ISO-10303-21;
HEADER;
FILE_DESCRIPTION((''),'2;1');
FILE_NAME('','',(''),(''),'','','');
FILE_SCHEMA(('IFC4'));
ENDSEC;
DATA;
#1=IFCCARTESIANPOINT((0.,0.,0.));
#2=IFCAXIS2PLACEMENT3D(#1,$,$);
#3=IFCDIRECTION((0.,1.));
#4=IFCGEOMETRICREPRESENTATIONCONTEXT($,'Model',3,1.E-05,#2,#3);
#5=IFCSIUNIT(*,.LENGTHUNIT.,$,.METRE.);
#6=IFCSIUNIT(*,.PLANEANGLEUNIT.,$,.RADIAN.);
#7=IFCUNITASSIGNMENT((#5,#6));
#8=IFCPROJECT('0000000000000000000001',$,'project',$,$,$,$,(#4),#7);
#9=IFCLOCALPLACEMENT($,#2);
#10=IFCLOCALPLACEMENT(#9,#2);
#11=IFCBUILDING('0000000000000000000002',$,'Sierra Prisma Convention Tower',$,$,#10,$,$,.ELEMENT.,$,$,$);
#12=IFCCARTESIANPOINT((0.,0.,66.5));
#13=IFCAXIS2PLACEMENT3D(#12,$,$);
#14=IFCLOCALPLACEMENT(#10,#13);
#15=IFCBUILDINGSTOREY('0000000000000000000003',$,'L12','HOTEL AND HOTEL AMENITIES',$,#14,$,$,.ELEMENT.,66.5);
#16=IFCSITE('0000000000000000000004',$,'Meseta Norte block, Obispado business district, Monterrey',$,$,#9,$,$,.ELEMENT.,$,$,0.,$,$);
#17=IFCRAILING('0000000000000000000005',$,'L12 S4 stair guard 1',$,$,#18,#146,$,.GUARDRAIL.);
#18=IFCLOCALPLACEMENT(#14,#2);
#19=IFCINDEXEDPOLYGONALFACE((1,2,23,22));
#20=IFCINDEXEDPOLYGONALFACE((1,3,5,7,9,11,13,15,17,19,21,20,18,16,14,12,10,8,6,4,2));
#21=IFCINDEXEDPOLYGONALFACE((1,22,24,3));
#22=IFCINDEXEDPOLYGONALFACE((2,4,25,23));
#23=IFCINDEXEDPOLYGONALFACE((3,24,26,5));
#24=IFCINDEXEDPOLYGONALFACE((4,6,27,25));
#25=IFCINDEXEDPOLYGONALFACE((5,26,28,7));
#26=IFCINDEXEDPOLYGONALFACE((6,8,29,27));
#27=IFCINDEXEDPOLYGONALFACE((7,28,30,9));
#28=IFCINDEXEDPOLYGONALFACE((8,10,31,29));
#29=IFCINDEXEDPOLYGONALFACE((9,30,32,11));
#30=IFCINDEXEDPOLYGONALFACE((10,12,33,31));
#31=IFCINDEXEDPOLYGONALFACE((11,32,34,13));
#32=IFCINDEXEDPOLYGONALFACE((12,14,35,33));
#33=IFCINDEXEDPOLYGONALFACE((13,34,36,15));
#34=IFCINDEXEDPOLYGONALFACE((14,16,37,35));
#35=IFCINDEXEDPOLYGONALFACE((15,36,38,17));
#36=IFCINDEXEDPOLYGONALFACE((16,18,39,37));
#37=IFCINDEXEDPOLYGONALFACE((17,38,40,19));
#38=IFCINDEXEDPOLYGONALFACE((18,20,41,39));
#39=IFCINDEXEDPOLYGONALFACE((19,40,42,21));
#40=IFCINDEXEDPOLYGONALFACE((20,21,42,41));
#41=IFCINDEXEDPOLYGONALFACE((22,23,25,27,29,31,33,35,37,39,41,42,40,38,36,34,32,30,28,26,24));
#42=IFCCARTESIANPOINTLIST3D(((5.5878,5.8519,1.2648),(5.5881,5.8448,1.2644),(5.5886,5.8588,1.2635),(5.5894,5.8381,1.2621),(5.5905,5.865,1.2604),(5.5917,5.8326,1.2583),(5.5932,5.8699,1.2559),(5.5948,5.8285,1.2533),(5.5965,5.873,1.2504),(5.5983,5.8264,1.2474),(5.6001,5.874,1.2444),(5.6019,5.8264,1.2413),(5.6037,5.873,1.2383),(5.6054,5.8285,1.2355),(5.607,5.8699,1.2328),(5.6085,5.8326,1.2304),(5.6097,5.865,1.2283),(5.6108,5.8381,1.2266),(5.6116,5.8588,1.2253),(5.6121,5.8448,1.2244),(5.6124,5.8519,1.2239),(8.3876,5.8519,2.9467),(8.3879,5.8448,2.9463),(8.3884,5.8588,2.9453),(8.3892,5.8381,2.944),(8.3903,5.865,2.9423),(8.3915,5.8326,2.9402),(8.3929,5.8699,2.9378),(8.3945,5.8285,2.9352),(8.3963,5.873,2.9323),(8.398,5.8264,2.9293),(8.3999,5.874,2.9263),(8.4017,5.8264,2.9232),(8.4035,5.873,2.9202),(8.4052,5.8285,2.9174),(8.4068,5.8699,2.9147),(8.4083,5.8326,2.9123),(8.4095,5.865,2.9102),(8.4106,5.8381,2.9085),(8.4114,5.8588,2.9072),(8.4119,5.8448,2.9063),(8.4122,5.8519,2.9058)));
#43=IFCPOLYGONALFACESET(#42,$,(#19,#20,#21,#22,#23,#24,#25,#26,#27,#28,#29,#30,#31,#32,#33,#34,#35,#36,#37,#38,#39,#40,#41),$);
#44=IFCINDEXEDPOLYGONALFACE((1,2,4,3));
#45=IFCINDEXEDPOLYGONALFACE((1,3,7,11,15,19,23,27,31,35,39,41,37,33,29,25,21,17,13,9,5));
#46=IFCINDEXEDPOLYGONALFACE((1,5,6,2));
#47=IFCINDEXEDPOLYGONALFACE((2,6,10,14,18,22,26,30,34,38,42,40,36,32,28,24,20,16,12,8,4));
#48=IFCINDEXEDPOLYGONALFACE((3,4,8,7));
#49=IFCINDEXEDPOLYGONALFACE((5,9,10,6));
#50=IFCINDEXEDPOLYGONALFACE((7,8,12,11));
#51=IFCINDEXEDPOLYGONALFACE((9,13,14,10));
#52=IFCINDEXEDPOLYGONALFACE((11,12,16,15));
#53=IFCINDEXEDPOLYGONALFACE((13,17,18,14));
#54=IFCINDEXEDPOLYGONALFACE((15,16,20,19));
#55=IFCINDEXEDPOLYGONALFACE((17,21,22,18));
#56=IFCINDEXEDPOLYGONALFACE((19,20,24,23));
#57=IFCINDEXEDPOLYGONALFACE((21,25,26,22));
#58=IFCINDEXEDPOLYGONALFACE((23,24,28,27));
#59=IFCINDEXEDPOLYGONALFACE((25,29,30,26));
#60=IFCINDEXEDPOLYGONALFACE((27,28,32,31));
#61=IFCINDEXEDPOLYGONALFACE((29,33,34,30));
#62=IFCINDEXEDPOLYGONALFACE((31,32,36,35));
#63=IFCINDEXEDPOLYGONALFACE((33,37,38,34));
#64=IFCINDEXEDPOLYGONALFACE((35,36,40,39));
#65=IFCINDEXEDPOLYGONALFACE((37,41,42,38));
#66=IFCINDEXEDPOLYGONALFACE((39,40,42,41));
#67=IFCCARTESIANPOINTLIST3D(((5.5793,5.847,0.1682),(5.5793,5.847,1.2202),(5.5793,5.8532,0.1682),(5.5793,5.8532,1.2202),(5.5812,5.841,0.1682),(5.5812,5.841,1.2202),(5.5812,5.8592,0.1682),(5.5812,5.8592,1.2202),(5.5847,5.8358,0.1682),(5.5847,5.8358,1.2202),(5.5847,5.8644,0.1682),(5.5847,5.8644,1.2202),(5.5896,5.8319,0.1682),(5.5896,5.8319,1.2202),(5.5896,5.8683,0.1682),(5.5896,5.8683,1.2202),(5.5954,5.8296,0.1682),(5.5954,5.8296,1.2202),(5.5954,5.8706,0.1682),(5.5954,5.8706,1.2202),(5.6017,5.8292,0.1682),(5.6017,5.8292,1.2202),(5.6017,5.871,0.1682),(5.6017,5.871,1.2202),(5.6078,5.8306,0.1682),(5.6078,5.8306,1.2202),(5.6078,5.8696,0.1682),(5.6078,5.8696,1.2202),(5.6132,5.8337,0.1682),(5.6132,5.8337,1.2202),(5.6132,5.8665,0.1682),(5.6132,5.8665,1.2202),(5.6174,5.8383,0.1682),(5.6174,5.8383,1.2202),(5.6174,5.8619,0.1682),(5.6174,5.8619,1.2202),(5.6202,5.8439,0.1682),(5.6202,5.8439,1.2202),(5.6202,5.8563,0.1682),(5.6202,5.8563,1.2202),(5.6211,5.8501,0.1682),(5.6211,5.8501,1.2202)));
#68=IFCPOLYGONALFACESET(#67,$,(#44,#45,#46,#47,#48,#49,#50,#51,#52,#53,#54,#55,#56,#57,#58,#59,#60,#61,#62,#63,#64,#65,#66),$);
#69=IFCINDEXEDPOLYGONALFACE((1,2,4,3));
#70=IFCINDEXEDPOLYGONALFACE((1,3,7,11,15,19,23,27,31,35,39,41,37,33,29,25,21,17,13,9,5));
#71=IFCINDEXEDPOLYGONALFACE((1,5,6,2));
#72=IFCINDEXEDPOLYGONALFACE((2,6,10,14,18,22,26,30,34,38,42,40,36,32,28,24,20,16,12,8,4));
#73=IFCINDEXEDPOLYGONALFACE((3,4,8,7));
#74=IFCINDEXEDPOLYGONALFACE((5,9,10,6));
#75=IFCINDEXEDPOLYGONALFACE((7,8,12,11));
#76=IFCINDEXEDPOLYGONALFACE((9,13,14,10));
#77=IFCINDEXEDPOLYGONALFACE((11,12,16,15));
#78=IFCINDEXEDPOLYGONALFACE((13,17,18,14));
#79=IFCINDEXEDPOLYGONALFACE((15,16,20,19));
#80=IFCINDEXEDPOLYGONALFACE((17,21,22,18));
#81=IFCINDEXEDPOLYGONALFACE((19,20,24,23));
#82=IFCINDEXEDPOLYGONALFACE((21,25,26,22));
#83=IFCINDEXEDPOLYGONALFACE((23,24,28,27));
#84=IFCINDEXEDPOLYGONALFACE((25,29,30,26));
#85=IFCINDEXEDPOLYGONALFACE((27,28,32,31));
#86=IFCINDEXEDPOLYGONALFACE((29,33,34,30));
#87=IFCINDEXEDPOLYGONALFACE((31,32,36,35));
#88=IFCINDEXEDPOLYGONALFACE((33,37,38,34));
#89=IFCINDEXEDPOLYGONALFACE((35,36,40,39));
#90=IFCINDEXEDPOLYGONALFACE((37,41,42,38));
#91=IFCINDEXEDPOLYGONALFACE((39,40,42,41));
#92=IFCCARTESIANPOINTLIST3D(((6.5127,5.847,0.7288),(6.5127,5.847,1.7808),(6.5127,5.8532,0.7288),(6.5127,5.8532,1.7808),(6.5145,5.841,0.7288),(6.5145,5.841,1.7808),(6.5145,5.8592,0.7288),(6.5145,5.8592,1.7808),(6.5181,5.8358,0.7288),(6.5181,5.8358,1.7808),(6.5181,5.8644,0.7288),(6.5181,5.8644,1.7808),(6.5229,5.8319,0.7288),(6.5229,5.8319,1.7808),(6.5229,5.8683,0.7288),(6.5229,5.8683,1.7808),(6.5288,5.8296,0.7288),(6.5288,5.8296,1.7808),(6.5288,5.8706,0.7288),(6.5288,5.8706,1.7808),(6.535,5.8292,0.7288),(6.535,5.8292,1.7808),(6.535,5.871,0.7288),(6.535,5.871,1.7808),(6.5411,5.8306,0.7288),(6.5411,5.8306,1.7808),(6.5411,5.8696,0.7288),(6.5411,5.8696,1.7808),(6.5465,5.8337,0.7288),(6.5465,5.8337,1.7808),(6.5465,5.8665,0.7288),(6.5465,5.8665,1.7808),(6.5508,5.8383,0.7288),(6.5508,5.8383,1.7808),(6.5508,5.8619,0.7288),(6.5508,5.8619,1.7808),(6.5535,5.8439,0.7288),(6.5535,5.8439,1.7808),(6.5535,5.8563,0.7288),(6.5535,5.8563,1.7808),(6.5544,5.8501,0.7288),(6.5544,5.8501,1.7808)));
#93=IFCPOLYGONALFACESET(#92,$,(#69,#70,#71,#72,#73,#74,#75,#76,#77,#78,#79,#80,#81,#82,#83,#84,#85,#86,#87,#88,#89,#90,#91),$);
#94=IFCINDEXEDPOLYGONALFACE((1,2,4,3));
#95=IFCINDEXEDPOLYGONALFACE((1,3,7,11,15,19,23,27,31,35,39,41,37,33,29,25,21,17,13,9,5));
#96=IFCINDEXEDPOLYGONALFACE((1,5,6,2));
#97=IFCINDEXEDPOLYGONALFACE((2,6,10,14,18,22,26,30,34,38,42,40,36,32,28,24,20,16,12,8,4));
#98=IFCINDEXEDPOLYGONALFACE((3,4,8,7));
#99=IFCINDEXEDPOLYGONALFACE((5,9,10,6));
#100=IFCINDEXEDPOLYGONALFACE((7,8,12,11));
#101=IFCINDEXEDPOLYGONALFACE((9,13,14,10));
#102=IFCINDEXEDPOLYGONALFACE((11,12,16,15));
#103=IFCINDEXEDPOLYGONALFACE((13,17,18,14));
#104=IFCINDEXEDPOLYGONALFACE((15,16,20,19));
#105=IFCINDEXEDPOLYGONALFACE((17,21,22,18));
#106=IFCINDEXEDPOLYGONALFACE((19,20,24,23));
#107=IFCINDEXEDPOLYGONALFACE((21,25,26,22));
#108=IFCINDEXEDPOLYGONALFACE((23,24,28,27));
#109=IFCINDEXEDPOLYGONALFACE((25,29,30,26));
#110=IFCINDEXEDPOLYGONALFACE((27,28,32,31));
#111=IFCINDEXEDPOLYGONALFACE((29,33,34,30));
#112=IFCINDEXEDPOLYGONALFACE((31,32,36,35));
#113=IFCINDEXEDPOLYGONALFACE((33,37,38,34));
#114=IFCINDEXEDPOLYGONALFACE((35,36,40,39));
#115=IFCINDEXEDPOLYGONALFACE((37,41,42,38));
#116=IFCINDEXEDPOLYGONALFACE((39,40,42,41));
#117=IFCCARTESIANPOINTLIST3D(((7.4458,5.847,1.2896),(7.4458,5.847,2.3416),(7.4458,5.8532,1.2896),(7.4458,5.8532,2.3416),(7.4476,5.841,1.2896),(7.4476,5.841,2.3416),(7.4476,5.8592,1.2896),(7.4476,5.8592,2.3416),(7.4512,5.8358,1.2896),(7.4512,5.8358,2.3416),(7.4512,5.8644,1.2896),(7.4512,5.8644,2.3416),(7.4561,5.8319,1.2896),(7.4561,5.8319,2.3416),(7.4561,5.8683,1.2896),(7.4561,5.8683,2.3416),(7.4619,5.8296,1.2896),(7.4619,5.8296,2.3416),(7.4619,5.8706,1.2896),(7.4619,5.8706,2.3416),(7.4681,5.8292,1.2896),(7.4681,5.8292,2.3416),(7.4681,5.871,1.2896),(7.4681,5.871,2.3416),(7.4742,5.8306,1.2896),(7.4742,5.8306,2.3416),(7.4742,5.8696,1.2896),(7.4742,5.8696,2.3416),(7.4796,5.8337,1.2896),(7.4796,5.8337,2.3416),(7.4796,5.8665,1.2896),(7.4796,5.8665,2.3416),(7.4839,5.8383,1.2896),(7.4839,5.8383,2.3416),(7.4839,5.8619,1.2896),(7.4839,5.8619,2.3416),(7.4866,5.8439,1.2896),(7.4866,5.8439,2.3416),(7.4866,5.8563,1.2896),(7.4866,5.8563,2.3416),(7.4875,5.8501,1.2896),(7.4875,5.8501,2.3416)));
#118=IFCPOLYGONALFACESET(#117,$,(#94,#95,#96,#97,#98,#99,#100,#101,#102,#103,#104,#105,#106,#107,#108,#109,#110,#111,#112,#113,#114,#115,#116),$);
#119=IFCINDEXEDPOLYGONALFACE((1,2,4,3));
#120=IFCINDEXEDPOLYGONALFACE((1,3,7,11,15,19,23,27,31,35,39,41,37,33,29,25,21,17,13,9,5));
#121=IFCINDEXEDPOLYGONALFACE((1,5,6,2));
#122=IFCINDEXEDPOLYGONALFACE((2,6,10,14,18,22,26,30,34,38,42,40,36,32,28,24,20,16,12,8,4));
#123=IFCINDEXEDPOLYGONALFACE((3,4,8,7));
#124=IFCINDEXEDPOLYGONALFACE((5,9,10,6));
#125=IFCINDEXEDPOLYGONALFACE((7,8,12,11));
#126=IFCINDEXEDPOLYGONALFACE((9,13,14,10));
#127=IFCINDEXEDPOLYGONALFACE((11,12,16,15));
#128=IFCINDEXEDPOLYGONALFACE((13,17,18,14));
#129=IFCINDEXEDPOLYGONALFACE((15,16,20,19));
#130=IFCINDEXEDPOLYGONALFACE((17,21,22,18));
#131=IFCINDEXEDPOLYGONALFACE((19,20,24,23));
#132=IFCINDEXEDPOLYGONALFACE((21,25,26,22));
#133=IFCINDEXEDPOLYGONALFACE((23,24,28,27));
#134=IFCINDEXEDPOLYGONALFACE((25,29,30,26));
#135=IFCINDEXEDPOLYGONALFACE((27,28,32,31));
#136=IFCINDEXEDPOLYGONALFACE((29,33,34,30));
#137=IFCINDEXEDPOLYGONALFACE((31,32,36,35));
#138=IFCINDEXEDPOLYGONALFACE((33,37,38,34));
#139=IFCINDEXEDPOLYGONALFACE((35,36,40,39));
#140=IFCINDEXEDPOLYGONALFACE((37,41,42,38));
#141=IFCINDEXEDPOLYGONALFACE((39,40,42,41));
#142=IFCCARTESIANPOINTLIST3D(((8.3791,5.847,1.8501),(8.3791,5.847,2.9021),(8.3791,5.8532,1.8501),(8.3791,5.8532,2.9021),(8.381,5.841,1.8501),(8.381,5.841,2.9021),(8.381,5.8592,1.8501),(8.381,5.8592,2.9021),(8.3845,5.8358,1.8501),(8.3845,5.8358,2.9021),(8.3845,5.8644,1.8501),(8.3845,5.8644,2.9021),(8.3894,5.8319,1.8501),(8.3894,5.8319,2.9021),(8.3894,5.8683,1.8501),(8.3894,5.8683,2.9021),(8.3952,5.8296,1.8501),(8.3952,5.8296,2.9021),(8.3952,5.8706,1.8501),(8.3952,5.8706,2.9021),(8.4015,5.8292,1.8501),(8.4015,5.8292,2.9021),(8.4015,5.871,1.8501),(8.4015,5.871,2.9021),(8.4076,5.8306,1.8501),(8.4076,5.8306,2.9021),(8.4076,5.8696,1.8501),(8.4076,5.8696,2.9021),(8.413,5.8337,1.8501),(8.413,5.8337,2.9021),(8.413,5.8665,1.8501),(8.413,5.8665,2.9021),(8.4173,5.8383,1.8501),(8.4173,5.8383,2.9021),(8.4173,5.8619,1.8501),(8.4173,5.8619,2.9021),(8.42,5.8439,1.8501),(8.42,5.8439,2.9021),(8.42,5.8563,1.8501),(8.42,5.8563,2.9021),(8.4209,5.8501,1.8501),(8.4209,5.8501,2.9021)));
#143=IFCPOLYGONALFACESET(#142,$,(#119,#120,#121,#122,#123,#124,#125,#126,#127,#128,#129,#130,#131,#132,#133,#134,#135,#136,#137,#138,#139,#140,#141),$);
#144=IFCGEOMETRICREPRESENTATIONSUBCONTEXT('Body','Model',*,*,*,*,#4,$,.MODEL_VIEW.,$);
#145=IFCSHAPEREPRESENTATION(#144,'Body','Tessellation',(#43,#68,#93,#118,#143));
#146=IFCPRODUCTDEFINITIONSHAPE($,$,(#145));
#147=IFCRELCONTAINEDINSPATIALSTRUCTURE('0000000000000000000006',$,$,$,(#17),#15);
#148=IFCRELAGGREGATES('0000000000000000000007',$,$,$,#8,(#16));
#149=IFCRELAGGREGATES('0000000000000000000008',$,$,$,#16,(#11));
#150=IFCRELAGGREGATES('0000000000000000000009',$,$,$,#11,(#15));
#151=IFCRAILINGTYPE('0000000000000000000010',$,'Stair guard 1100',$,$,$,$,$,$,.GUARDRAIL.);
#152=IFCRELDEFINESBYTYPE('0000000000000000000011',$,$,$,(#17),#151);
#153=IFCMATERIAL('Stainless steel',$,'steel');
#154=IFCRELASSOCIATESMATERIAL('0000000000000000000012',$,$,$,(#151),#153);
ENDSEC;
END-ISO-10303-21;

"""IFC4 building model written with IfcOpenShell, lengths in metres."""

from ifc_helpers import new_model, si_unit, direction, frame, origin, origin_2d, place, context, subcontext, project, spatial, circle, extrude, material, type_object, element, save


model = new_model("IFC4")

# Units and contexts
model_context = context("Model", 3, precision=1e-05, world=origin(), true_north=direction((0.0, 1.0)))
body_context = subcontext(model_context, "Body", "Model", "MODEL_VIEW")
ifc_project = project(units=[si_unit("LENGTHUNIT", "METRE"), si_unit("PLANEANGLEUNIT", "RADIAN")], contexts=[model_context])

# Site, building, storey
site_placement = place(None, origin())
site = spatial("IfcSite", under=ifc_project, at=site_placement, Name="Meseta Norte block, Obispado business district, Monterrey", CompositionType="ELEMENT", RefElevation=0.0)
building_placement = place(site_placement, origin())
building = spatial("IfcBuilding", under=site, at=building_placement, Name="Sierra Prisma Convention Tower", CompositionType="ELEMENT")
storey_placement = place(building_placement, frame((0.0, 0.0, 66.5)))
storey = spatial("IfcBuildingStorey", under=building, at=storey_placement, Name="L12", Description="HOTEL AND HOTEL AMENITIES", CompositionType="ELEMENT", Elevation=66.5)

# Railing
ifc_material_1 = material(Name="Stainless steel", Category="steel")
railing_type_1 = type_object("IfcRailingType", Name="Stair guard 1100", PredefinedType="GUARDRAIL", material=ifc_material_1)
railing_1_placement = place(storey_placement, frame((5.6001, 5.8501, 0.1682)))
element("IfcRailing", 1, at=railing_1_placement, inside=storey, type_object=railing_type_1, Name="L12 S4 stair guard 1", PredefinedType="GUARDRAIL", context=body_context, shape_type="SweptSolid", body=[
    extrude(circle(Radius=0.0239, at=origin_2d()), frame((0.0, 0.0, 1.0762), z_axis=(0.857222, 0.0, 0.514946), x_axis=(0.0, 1.0, 0.0)), (0.0, 0.0, 1.0), 3.2661),
    extrude(circle(Radius=0.021, at=origin_2d()), origin(), (0.0, 0.0, 1.0), 1.052),
    extrude(circle(Radius=0.021, at=origin_2d()), frame((0.9333, 0.0, 0.5605)), (0.0, 0.0, 1.0), 1.052),
    extrude(circle(Radius=0.021, at=origin_2d()), frame((1.8665, 0.0, 1.1213)), (0.0, 0.0, 1.0), 1.052),
    extrude(circle(Radius=0.021, at=origin_2d()), frame((2.7998, 0.0, 1.6819)), (0.0, 0.0, 1.0), 1.052),
])

save(model, "model.ifc")
